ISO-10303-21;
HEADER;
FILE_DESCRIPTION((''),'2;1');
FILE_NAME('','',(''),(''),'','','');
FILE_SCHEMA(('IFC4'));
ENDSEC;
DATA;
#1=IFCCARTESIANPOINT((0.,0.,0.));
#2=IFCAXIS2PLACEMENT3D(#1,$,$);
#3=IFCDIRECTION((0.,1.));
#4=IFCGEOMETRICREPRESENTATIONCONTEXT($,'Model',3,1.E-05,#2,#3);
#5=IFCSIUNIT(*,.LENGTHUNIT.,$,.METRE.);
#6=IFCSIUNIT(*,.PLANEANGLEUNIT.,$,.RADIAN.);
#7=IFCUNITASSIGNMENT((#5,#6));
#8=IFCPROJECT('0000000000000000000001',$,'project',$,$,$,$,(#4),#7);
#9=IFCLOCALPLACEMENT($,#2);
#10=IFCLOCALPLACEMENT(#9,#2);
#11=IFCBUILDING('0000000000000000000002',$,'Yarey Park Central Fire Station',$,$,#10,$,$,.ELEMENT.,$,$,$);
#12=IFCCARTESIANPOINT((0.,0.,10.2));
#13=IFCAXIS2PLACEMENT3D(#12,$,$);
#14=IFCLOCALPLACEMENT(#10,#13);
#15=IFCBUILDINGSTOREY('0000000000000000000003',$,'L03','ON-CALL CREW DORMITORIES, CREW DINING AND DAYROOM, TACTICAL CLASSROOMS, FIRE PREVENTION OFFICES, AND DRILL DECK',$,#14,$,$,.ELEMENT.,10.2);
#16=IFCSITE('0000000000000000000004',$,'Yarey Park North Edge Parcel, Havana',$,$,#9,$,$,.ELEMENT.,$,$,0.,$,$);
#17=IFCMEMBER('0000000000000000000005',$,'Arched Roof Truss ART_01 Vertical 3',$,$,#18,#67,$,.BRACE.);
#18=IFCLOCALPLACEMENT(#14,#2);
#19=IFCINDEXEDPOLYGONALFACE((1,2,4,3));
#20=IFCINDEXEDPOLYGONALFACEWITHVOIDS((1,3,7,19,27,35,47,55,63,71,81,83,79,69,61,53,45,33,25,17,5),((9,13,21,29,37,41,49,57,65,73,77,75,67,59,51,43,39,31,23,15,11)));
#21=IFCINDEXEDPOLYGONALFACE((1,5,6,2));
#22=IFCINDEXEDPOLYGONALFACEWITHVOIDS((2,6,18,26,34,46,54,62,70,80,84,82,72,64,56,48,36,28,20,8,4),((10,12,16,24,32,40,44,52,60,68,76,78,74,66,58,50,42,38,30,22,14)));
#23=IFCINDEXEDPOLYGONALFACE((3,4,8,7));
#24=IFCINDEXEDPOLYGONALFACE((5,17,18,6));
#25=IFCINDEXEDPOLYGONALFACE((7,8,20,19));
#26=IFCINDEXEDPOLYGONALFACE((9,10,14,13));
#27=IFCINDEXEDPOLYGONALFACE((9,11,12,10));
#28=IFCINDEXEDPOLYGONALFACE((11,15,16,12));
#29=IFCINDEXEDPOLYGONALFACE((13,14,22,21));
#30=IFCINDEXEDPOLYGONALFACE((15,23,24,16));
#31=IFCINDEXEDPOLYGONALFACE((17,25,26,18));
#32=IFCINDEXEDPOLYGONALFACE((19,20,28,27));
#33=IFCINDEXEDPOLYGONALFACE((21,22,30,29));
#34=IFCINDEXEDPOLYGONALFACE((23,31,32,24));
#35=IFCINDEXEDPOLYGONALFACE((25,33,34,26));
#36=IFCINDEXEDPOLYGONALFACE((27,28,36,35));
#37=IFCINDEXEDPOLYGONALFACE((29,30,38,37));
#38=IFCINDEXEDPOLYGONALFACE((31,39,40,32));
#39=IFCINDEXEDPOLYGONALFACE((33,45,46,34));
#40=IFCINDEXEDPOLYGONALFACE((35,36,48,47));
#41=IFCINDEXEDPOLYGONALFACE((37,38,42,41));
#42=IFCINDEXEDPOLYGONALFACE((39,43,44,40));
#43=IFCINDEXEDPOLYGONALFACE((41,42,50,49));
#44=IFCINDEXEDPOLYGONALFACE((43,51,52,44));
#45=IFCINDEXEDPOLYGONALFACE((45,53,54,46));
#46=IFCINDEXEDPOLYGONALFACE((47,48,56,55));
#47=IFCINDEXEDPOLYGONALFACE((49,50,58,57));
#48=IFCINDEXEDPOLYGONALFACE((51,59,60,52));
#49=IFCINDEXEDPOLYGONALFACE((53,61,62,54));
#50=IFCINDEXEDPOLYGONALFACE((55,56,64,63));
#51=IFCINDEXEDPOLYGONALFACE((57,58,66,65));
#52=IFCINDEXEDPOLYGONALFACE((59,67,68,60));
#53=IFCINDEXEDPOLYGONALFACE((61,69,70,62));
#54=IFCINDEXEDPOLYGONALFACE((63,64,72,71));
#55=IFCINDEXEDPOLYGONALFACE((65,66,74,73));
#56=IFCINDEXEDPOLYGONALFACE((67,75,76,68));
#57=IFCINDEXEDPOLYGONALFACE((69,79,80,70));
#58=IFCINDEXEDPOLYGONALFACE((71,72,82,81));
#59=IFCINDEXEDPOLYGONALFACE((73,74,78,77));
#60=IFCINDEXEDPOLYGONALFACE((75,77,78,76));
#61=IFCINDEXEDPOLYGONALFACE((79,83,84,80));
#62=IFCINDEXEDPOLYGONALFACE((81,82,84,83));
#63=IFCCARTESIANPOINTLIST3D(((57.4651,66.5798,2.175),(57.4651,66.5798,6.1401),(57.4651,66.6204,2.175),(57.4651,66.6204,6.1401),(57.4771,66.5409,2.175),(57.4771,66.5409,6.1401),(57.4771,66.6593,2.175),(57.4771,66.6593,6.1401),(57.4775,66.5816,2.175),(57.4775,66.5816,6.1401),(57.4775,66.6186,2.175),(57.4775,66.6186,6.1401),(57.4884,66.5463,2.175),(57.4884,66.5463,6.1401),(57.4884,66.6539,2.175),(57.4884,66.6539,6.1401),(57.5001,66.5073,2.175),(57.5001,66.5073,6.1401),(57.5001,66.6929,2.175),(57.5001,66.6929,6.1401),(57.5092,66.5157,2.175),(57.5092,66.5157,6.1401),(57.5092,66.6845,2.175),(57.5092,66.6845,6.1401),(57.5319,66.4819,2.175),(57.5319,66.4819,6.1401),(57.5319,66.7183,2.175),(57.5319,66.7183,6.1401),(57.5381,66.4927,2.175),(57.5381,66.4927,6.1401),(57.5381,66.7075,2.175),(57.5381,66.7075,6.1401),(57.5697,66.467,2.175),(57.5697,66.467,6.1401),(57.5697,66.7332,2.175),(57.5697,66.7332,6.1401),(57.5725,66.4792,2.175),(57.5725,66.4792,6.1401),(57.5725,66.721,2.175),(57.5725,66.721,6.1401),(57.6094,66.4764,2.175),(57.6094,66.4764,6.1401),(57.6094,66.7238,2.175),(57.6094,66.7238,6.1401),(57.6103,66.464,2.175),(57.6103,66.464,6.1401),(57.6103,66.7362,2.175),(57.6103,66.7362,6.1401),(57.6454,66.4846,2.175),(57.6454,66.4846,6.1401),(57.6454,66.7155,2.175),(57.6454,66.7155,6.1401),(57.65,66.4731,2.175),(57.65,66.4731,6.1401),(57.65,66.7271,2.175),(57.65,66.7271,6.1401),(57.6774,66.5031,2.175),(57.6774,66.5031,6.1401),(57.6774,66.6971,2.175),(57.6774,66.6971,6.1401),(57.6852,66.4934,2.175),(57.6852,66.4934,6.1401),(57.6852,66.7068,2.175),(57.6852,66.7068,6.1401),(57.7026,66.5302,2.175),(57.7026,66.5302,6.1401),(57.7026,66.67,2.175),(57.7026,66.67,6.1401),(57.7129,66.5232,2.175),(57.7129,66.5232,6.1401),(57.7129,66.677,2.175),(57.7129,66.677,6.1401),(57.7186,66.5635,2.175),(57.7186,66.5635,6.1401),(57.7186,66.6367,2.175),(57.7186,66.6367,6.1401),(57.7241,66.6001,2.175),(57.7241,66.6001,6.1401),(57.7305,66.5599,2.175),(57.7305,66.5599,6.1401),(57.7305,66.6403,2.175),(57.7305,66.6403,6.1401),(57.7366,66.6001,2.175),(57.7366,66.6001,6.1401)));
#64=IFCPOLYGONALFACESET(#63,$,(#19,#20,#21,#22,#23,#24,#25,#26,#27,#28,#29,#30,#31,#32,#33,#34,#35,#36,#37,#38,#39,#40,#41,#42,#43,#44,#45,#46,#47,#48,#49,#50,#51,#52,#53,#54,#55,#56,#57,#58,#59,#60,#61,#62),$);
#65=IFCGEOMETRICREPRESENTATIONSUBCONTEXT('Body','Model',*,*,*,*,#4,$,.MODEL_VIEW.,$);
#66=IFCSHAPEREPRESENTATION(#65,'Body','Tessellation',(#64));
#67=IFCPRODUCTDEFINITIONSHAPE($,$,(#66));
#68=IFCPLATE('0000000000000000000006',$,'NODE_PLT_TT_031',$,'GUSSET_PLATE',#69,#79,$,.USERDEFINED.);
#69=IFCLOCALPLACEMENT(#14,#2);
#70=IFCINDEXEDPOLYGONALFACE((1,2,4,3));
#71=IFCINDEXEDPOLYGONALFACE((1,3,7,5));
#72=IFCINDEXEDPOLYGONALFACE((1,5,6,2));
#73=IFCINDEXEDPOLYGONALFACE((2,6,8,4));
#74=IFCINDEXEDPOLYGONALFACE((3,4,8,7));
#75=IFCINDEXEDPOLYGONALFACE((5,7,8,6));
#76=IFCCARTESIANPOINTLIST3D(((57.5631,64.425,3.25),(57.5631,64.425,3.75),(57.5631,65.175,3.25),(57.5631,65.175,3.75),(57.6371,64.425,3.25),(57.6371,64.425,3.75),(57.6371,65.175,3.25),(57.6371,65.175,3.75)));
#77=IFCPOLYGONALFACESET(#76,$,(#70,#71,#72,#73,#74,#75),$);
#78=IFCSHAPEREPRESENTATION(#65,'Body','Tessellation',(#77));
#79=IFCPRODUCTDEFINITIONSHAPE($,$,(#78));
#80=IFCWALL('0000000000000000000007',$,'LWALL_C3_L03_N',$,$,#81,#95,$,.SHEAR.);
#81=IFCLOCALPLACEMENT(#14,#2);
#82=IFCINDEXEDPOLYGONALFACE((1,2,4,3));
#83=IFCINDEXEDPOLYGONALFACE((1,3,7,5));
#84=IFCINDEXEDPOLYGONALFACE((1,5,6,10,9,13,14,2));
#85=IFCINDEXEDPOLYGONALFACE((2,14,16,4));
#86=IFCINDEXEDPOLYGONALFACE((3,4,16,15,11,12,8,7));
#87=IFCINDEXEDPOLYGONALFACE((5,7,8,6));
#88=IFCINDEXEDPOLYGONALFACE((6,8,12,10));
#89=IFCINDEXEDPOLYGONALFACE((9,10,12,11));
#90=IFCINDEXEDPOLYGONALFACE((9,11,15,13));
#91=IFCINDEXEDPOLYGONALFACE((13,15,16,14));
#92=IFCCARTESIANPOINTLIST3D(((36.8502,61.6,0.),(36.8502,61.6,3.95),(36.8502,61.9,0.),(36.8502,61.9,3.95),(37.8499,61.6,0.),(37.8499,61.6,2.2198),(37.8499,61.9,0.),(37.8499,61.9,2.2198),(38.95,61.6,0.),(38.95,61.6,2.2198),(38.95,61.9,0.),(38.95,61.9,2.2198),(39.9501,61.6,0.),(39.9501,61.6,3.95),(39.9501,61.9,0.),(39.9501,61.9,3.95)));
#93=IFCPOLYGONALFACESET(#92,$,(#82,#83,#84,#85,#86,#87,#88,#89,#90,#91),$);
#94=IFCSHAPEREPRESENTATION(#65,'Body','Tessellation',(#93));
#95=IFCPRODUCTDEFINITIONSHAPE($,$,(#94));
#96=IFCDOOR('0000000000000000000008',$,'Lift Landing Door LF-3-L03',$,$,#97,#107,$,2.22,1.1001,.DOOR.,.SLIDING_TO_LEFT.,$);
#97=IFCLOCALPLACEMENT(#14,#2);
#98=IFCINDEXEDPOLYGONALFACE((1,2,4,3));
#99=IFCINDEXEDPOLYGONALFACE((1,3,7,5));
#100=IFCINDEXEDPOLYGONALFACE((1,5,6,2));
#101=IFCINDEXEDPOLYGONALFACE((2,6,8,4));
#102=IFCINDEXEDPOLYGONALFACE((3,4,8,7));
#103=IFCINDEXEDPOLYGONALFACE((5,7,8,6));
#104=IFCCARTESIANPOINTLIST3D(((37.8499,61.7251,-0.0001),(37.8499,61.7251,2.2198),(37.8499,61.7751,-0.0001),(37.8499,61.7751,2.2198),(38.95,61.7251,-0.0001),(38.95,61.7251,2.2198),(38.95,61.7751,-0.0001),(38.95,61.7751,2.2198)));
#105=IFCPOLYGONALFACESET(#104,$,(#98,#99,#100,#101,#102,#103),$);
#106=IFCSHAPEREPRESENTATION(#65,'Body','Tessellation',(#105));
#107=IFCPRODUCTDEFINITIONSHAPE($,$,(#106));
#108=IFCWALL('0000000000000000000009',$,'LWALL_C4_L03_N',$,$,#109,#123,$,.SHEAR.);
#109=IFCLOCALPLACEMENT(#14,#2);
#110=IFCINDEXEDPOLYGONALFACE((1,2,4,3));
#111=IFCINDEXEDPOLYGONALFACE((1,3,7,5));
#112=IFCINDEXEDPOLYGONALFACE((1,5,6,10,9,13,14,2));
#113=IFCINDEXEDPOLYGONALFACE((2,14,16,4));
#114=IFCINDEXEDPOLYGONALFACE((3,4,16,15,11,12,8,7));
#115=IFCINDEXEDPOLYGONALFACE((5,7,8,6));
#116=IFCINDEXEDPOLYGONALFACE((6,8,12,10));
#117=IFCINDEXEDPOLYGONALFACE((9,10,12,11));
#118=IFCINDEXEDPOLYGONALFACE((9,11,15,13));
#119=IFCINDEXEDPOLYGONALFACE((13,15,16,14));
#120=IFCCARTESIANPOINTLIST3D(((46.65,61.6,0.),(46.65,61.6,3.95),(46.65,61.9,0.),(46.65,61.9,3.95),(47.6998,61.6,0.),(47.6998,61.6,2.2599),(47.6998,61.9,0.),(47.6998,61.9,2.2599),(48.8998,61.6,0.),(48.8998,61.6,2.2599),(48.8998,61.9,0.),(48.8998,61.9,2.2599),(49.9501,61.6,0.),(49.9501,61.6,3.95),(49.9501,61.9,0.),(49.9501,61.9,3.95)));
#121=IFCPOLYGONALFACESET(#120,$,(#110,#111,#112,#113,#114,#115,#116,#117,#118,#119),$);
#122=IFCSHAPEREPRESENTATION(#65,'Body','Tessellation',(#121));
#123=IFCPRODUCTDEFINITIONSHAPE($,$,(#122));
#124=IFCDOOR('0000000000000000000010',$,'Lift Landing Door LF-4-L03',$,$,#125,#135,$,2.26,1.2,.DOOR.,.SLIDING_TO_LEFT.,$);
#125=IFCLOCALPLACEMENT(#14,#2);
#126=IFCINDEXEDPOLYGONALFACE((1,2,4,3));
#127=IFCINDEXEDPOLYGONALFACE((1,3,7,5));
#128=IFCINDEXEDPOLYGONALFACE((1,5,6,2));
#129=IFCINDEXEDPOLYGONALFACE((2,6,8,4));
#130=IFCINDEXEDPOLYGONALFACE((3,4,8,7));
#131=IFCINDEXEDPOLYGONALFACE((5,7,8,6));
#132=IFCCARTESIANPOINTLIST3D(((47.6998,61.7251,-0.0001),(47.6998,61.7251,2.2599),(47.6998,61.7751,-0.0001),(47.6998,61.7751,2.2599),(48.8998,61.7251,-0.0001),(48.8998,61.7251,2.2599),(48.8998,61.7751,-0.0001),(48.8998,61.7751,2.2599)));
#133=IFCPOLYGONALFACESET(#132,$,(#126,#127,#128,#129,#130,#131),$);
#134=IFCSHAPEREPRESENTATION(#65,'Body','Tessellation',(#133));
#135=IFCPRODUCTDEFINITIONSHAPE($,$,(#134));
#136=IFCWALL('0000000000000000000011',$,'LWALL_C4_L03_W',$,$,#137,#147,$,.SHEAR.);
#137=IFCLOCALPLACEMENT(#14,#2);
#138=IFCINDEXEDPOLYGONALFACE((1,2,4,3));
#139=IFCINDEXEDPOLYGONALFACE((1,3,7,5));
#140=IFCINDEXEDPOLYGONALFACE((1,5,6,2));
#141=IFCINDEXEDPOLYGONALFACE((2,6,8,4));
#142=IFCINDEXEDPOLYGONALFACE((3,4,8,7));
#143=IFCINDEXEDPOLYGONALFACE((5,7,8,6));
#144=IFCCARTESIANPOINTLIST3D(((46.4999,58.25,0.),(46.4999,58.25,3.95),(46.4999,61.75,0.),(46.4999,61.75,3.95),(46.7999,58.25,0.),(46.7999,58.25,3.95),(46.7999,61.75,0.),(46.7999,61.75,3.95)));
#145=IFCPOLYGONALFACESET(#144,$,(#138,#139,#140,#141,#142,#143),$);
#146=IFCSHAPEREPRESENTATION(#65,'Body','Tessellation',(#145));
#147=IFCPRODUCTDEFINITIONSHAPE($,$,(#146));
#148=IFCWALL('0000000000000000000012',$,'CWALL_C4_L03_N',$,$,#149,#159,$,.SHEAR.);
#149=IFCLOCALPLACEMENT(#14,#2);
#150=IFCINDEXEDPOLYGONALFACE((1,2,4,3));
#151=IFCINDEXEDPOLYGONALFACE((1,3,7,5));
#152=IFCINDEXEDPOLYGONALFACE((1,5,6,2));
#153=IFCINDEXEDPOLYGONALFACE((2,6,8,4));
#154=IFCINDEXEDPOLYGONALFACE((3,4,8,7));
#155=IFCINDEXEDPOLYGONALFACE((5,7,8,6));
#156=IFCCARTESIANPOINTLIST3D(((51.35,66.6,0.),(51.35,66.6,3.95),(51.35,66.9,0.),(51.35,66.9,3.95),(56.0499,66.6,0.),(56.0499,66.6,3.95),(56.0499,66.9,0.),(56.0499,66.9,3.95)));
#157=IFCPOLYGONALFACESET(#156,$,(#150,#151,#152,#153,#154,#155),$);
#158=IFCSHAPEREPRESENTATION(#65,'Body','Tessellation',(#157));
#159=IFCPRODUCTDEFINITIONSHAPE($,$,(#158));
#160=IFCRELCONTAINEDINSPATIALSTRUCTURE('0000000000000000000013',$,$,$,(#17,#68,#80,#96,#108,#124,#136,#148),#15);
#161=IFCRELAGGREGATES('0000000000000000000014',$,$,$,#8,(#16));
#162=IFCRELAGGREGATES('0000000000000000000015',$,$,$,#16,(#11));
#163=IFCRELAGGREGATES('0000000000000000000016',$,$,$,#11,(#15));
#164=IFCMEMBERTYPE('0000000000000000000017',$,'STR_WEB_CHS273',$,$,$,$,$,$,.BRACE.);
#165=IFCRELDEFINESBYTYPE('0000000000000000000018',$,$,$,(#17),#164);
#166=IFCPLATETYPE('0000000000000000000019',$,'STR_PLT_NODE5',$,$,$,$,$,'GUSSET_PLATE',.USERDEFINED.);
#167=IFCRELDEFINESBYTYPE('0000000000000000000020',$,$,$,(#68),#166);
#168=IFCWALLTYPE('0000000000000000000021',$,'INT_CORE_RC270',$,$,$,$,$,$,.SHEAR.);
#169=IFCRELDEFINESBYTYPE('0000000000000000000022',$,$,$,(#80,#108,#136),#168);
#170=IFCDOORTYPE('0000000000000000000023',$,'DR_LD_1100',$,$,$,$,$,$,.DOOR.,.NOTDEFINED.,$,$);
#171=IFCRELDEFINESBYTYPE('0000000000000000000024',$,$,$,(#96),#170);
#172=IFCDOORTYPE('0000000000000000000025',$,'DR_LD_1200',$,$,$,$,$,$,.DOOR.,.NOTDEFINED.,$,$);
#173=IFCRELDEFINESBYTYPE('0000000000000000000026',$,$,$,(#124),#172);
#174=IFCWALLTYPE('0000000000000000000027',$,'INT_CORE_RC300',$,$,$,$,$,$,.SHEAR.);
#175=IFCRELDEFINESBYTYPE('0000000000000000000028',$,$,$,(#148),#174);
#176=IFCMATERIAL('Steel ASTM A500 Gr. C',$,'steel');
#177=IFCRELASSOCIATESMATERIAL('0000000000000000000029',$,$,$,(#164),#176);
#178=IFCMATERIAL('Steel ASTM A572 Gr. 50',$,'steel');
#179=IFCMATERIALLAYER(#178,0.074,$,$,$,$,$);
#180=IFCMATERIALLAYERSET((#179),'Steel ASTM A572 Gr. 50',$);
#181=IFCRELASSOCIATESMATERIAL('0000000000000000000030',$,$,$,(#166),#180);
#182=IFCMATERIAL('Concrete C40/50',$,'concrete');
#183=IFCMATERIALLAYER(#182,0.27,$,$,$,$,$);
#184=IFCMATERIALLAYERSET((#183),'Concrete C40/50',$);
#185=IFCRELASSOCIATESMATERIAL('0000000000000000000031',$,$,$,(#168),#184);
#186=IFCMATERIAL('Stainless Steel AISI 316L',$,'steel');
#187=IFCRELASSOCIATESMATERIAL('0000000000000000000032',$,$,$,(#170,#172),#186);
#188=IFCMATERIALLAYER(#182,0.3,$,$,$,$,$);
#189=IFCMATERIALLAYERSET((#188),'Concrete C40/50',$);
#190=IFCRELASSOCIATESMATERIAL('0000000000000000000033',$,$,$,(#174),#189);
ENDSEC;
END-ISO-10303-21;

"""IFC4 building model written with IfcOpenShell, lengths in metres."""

from ifc_helpers import new_model, si_unit, direction, frame, frame_2d, origin, origin_2d, place, context, subcontext, project, spatial, rectangle, hollow_circle, extrude, material, layer, layer_set, material_profile, profile_set, type_object, element, fill, save


model = new_model("IFC4")

# Units and contexts
model_context = context("Model", 3, precision=1e-05, world=origin(), true_north=direction((0.0, 1.0)))
body_context = subcontext(model_context, "Body", "Model", "MODEL_VIEW")
ifc_project = project(units=[si_unit("LENGTHUNIT", "METRE"), si_unit("PLANEANGLEUNIT", "RADIAN")], contexts=[model_context])

# Site, building, storey
site_placement = place(None, origin())
site = spatial("IfcSite", under=ifc_project, at=site_placement, Name="Yarey Park North Edge Parcel, Havana", CompositionType="ELEMENT", RefElevation=0.0)
building_placement = place(site_placement, origin())
building = spatial("IfcBuilding", under=site, at=building_placement, Name="Yarey Park Central Fire Station", CompositionType="ELEMENT")
storey_placement = place(building_placement, frame((0.0, 0.0, 10.2)))
storey = spatial("IfcBuildingStorey", under=building, at=storey_placement, Name="L03", Description="ON-CALL CREW DORMITORIES, CREW DINING AND DAYROOM, TACTICAL CLASSROOMS, FIRE PREVENTION OFFICES, AND DRILL DECK", CompositionType="ELEMENT", Elevation=10.2)

# Shared definitions
ifc_material_1 = material(Name="Steel ASTM A500 Gr. C", Category="steel")

# Member
ifc_material_profile_1 = material_profile(ifc_material_1, hollow_circle(Radius=0.1365, WallThickness=0.0125, at=origin_2d()), Name="CHS 273x12.5")
ifc_profile_set_1 = profile_set([ifc_material_profile_1], Name="Steel ASTM A500 Gr. C")
member_type_1 = type_object("IfcMemberType", Name="STR_WEB_CHS273", PredefinedType="BRACE", material=ifc_profile_set_1)
member_1_placement = place(storey_placement, frame((57.6001, 66.6001, 2.175), z_axis=(0.0, 0.0, 1.0), x_axis=(1.0, 0.0, 0.0)))
element("IfcMember", 1, at=member_1_placement, inside=storey, type_object=member_type_1, Name="Arched Roof Truss ART_01 Vertical 3", PredefinedType="BRACE", context=body_context, shape_type="SweptSolid", body=[
    extrude(hollow_circle(Radius=0.1365, WallThickness=0.0125, at=origin_2d()), origin(), (0.0, 0.0, 1.0), 3.9651),
])

# Plate
ifc_material_2 = material(Name="Steel ASTM A572 Gr. 50", Category="steel")
ifc_layer_1 = layer(ifc_material_2, 0.074)
ifc_layer_set_1 = layer_set([ifc_layer_1], Name="Steel ASTM A572 Gr. 50")
plate_type = type_object("IfcPlateType", Name="STR_PLT_NODE5", ElementType="GUSSET_PLATE", PredefinedType="USERDEFINED", material=ifc_layer_set_1)
plate_placement = place(storey_placement, frame((57.6001, 64.8, 3.25), z_axis=(0.0, 0.0, 1.0), x_axis=(1.0, 0.0, 0.0)))
element("IfcPlate", 2, at=plate_placement, inside=storey, type_object=plate_type, Name="NODE_PLT_TT_031", ObjectType="GUSSET_PLATE", PredefinedType="USERDEFINED", context=body_context, shape_type="SweptSolid", body=[
    extrude(rectangle(XDim=0.074, YDim=0.75, at=origin_2d()), origin(), (0.0, 0.0, 1.0), 0.5),
])

# Walls, openings, doors
ifc_material_3 = material(Name="Concrete C40/50", Category="concrete")
ifc_layer_2 = layer(ifc_material_3, 0.27)
ifc_layer_set_2 = layer_set([ifc_layer_2], Name="Concrete C40/50")
wall_type_1 = type_object("IfcWallType", Name="INT_CORE_RC270", PredefinedType="SHEAR", material=ifc_layer_set_2)
wall_1_placement = place(storey_placement, frame((39.95, 61.75, 0.0), z_axis=(0.0, 0.0, 1.0), x_axis=(-1.0, 0.0, 0.0)))
wall_1 = element("IfcWall", 3, at=wall_1_placement, inside=storey, type_object=wall_type_1, Name="LWALL_C3_L03_N", PredefinedType="SHEAR", context=body_context, shape_type="SweptSolid", body=[
    extrude(rectangle(XDim=3.0999, YDim=0.3, at=frame_2d((1.5498, 0.0))), origin(), (0.0, 0.0, 1.0), 3.95),
])
opening_1_placement = place(wall_1_placement, frame((1.0, 0.0, 0.0)))
opening_1 = element("IfcOpeningElement", 4, at=opening_1_placement, cuts=wall_1, PredefinedType="OPENING", context=body_context, shape_type="SweptSolid", body=[
    extrude(rectangle(XDim=1.1001, YDim=2.22, at=frame_2d((0.55, 1.1099))), frame((0.0, 0.1599, 0.0), z_axis=(0.0, -1.0, 0.0), x_axis=(1.0, 0.0, 0.0)), (0.0, 0.0, 1.0), 0.3201),
])
ifc_material_4 = material(Name="Stainless Steel AISI 316L", Category="steel")
door_type_1 = type_object("IfcDoorType", Name="DR_LD_1100", OperationType="NOTDEFINED", PredefinedType="DOOR", material=ifc_material_4)
door_1_placement = place(opening_1_placement, origin())
door_1 = element("IfcDoor", 5, at=door_1_placement, inside=storey, type_object=door_type_1, Name="Lift Landing Door LF-3-L03", OperationType="SLIDING_TO_LEFT", OverallHeight=2.22, OverallWidth=1.1001, PredefinedType="DOOR", context=body_context, shape_type="SweptSolid", body=[
    extrude(rectangle(XDim=1.1001, YDim=2.22, at=frame_2d((0.55, 1.1099))), frame((0.0, 0.0249, 0.0), z_axis=(0.0, -1.0, 0.0), x_axis=(1.0, 0.0, 0.0)), (0.0, 0.0, 1.0), 0.05),
])
fill(opening_1, door_1)
wall_2_placement = place(storey_placement, frame((49.95, 61.75, 0.0), z_axis=(0.0, 0.0, 1.0), x_axis=(-1.0, 0.0, 0.0)))
wall_2 = element("IfcWall", 6, at=wall_2_placement, inside=storey, type_object=wall_type_1, Name="LWALL_C4_L03_N", PredefinedType="SHEAR", context=body_context, shape_type="SweptSolid", body=[
    extrude(rectangle(XDim=3.3, YDim=0.3, at=frame_2d((1.6499, 0.0))), origin(), (0.0, 0.0, 1.0), 3.95),
])
opening_2_placement = place(wall_2_placement, frame((1.05, 0.0, 0.0)))
opening_2 = element("IfcOpeningElement", 7, at=opening_2_placement, cuts=wall_2, PredefinedType="OPENING", context=body_context, shape_type="SweptSolid", body=[
    extrude(rectangle(XDim=1.2, YDim=2.26, at=frame_2d((0.6001, 1.1299))), frame((0.0, 0.1599, 0.0), z_axis=(0.0, -1.0, 0.0), x_axis=(1.0, 0.0, 0.0)), (0.0, 0.0, 1.0), 0.3201),
])
door_type_2 = type_object("IfcDoorType", Name="DR_LD_1200", OperationType="NOTDEFINED", PredefinedType="DOOR", material=ifc_material_4)
door_2_placement = place(opening_2_placement, origin())
door_2 = element("IfcDoor", 8, at=door_2_placement, inside=storey, type_object=door_type_2, Name="Lift Landing Door LF-4-L03", OperationType="SLIDING_TO_LEFT", OverallHeight=2.26, OverallWidth=1.2, PredefinedType="DOOR", context=body_context, shape_type="SweptSolid", body=[
    extrude(rectangle(XDim=1.2, YDim=2.26, at=frame_2d((0.6001, 1.1299))), frame((0.0, 0.0249, 0.0), z_axis=(0.0, -1.0, 0.0), x_axis=(1.0, 0.0, 0.0)), (0.0, 0.0, 1.0), 0.05),
])
fill(opening_2, door_2)

# Walls
wall_3_placement = place(storey_placement, frame((46.6499, 61.75, 0.0), z_axis=(0.0, 0.0, 1.0), x_axis=(0.0, -1.0, 0.0)))
element("IfcWall", 9, at=wall_3_placement, inside=storey, type_object=wall_type_1, Name="LWALL_C4_L03_W", PredefinedType="SHEAR", context=body_context, shape_type="SweptSolid", body=[
    extrude(rectangle(XDim=3.5, YDim=0.3, at=frame_2d((1.75, 0.0))), origin(), (0.0, 0.0, 1.0), 3.95),
])
ifc_layer_3 = layer(ifc_material_3, 0.3)
ifc_layer_set_3 = layer_set([ifc_layer_3], Name="Concrete C40/50")
wall_type_2 = type_object("IfcWallType", Name="INT_CORE_RC300", PredefinedType="SHEAR", material=ifc_layer_set_3)
wall_4_placement = place(storey_placement, frame((56.05, 66.75, 0.0), z_axis=(0.0, 0.0, 1.0), x_axis=(-1.0, 0.0, 0.0)))
element("IfcWall", 10, at=wall_4_placement, inside=storey, type_object=wall_type_2, Name="CWALL_C4_L03_N", PredefinedType="SHEAR", context=body_context, shape_type="SweptSolid", body=[
    extrude(rectangle(XDim=4.7, YDim=0.3, at=frame_2d((2.3501, 0.0))), origin(), (0.0, 0.0, 1.0), 3.95),
])

save(model, "model.ifc")
